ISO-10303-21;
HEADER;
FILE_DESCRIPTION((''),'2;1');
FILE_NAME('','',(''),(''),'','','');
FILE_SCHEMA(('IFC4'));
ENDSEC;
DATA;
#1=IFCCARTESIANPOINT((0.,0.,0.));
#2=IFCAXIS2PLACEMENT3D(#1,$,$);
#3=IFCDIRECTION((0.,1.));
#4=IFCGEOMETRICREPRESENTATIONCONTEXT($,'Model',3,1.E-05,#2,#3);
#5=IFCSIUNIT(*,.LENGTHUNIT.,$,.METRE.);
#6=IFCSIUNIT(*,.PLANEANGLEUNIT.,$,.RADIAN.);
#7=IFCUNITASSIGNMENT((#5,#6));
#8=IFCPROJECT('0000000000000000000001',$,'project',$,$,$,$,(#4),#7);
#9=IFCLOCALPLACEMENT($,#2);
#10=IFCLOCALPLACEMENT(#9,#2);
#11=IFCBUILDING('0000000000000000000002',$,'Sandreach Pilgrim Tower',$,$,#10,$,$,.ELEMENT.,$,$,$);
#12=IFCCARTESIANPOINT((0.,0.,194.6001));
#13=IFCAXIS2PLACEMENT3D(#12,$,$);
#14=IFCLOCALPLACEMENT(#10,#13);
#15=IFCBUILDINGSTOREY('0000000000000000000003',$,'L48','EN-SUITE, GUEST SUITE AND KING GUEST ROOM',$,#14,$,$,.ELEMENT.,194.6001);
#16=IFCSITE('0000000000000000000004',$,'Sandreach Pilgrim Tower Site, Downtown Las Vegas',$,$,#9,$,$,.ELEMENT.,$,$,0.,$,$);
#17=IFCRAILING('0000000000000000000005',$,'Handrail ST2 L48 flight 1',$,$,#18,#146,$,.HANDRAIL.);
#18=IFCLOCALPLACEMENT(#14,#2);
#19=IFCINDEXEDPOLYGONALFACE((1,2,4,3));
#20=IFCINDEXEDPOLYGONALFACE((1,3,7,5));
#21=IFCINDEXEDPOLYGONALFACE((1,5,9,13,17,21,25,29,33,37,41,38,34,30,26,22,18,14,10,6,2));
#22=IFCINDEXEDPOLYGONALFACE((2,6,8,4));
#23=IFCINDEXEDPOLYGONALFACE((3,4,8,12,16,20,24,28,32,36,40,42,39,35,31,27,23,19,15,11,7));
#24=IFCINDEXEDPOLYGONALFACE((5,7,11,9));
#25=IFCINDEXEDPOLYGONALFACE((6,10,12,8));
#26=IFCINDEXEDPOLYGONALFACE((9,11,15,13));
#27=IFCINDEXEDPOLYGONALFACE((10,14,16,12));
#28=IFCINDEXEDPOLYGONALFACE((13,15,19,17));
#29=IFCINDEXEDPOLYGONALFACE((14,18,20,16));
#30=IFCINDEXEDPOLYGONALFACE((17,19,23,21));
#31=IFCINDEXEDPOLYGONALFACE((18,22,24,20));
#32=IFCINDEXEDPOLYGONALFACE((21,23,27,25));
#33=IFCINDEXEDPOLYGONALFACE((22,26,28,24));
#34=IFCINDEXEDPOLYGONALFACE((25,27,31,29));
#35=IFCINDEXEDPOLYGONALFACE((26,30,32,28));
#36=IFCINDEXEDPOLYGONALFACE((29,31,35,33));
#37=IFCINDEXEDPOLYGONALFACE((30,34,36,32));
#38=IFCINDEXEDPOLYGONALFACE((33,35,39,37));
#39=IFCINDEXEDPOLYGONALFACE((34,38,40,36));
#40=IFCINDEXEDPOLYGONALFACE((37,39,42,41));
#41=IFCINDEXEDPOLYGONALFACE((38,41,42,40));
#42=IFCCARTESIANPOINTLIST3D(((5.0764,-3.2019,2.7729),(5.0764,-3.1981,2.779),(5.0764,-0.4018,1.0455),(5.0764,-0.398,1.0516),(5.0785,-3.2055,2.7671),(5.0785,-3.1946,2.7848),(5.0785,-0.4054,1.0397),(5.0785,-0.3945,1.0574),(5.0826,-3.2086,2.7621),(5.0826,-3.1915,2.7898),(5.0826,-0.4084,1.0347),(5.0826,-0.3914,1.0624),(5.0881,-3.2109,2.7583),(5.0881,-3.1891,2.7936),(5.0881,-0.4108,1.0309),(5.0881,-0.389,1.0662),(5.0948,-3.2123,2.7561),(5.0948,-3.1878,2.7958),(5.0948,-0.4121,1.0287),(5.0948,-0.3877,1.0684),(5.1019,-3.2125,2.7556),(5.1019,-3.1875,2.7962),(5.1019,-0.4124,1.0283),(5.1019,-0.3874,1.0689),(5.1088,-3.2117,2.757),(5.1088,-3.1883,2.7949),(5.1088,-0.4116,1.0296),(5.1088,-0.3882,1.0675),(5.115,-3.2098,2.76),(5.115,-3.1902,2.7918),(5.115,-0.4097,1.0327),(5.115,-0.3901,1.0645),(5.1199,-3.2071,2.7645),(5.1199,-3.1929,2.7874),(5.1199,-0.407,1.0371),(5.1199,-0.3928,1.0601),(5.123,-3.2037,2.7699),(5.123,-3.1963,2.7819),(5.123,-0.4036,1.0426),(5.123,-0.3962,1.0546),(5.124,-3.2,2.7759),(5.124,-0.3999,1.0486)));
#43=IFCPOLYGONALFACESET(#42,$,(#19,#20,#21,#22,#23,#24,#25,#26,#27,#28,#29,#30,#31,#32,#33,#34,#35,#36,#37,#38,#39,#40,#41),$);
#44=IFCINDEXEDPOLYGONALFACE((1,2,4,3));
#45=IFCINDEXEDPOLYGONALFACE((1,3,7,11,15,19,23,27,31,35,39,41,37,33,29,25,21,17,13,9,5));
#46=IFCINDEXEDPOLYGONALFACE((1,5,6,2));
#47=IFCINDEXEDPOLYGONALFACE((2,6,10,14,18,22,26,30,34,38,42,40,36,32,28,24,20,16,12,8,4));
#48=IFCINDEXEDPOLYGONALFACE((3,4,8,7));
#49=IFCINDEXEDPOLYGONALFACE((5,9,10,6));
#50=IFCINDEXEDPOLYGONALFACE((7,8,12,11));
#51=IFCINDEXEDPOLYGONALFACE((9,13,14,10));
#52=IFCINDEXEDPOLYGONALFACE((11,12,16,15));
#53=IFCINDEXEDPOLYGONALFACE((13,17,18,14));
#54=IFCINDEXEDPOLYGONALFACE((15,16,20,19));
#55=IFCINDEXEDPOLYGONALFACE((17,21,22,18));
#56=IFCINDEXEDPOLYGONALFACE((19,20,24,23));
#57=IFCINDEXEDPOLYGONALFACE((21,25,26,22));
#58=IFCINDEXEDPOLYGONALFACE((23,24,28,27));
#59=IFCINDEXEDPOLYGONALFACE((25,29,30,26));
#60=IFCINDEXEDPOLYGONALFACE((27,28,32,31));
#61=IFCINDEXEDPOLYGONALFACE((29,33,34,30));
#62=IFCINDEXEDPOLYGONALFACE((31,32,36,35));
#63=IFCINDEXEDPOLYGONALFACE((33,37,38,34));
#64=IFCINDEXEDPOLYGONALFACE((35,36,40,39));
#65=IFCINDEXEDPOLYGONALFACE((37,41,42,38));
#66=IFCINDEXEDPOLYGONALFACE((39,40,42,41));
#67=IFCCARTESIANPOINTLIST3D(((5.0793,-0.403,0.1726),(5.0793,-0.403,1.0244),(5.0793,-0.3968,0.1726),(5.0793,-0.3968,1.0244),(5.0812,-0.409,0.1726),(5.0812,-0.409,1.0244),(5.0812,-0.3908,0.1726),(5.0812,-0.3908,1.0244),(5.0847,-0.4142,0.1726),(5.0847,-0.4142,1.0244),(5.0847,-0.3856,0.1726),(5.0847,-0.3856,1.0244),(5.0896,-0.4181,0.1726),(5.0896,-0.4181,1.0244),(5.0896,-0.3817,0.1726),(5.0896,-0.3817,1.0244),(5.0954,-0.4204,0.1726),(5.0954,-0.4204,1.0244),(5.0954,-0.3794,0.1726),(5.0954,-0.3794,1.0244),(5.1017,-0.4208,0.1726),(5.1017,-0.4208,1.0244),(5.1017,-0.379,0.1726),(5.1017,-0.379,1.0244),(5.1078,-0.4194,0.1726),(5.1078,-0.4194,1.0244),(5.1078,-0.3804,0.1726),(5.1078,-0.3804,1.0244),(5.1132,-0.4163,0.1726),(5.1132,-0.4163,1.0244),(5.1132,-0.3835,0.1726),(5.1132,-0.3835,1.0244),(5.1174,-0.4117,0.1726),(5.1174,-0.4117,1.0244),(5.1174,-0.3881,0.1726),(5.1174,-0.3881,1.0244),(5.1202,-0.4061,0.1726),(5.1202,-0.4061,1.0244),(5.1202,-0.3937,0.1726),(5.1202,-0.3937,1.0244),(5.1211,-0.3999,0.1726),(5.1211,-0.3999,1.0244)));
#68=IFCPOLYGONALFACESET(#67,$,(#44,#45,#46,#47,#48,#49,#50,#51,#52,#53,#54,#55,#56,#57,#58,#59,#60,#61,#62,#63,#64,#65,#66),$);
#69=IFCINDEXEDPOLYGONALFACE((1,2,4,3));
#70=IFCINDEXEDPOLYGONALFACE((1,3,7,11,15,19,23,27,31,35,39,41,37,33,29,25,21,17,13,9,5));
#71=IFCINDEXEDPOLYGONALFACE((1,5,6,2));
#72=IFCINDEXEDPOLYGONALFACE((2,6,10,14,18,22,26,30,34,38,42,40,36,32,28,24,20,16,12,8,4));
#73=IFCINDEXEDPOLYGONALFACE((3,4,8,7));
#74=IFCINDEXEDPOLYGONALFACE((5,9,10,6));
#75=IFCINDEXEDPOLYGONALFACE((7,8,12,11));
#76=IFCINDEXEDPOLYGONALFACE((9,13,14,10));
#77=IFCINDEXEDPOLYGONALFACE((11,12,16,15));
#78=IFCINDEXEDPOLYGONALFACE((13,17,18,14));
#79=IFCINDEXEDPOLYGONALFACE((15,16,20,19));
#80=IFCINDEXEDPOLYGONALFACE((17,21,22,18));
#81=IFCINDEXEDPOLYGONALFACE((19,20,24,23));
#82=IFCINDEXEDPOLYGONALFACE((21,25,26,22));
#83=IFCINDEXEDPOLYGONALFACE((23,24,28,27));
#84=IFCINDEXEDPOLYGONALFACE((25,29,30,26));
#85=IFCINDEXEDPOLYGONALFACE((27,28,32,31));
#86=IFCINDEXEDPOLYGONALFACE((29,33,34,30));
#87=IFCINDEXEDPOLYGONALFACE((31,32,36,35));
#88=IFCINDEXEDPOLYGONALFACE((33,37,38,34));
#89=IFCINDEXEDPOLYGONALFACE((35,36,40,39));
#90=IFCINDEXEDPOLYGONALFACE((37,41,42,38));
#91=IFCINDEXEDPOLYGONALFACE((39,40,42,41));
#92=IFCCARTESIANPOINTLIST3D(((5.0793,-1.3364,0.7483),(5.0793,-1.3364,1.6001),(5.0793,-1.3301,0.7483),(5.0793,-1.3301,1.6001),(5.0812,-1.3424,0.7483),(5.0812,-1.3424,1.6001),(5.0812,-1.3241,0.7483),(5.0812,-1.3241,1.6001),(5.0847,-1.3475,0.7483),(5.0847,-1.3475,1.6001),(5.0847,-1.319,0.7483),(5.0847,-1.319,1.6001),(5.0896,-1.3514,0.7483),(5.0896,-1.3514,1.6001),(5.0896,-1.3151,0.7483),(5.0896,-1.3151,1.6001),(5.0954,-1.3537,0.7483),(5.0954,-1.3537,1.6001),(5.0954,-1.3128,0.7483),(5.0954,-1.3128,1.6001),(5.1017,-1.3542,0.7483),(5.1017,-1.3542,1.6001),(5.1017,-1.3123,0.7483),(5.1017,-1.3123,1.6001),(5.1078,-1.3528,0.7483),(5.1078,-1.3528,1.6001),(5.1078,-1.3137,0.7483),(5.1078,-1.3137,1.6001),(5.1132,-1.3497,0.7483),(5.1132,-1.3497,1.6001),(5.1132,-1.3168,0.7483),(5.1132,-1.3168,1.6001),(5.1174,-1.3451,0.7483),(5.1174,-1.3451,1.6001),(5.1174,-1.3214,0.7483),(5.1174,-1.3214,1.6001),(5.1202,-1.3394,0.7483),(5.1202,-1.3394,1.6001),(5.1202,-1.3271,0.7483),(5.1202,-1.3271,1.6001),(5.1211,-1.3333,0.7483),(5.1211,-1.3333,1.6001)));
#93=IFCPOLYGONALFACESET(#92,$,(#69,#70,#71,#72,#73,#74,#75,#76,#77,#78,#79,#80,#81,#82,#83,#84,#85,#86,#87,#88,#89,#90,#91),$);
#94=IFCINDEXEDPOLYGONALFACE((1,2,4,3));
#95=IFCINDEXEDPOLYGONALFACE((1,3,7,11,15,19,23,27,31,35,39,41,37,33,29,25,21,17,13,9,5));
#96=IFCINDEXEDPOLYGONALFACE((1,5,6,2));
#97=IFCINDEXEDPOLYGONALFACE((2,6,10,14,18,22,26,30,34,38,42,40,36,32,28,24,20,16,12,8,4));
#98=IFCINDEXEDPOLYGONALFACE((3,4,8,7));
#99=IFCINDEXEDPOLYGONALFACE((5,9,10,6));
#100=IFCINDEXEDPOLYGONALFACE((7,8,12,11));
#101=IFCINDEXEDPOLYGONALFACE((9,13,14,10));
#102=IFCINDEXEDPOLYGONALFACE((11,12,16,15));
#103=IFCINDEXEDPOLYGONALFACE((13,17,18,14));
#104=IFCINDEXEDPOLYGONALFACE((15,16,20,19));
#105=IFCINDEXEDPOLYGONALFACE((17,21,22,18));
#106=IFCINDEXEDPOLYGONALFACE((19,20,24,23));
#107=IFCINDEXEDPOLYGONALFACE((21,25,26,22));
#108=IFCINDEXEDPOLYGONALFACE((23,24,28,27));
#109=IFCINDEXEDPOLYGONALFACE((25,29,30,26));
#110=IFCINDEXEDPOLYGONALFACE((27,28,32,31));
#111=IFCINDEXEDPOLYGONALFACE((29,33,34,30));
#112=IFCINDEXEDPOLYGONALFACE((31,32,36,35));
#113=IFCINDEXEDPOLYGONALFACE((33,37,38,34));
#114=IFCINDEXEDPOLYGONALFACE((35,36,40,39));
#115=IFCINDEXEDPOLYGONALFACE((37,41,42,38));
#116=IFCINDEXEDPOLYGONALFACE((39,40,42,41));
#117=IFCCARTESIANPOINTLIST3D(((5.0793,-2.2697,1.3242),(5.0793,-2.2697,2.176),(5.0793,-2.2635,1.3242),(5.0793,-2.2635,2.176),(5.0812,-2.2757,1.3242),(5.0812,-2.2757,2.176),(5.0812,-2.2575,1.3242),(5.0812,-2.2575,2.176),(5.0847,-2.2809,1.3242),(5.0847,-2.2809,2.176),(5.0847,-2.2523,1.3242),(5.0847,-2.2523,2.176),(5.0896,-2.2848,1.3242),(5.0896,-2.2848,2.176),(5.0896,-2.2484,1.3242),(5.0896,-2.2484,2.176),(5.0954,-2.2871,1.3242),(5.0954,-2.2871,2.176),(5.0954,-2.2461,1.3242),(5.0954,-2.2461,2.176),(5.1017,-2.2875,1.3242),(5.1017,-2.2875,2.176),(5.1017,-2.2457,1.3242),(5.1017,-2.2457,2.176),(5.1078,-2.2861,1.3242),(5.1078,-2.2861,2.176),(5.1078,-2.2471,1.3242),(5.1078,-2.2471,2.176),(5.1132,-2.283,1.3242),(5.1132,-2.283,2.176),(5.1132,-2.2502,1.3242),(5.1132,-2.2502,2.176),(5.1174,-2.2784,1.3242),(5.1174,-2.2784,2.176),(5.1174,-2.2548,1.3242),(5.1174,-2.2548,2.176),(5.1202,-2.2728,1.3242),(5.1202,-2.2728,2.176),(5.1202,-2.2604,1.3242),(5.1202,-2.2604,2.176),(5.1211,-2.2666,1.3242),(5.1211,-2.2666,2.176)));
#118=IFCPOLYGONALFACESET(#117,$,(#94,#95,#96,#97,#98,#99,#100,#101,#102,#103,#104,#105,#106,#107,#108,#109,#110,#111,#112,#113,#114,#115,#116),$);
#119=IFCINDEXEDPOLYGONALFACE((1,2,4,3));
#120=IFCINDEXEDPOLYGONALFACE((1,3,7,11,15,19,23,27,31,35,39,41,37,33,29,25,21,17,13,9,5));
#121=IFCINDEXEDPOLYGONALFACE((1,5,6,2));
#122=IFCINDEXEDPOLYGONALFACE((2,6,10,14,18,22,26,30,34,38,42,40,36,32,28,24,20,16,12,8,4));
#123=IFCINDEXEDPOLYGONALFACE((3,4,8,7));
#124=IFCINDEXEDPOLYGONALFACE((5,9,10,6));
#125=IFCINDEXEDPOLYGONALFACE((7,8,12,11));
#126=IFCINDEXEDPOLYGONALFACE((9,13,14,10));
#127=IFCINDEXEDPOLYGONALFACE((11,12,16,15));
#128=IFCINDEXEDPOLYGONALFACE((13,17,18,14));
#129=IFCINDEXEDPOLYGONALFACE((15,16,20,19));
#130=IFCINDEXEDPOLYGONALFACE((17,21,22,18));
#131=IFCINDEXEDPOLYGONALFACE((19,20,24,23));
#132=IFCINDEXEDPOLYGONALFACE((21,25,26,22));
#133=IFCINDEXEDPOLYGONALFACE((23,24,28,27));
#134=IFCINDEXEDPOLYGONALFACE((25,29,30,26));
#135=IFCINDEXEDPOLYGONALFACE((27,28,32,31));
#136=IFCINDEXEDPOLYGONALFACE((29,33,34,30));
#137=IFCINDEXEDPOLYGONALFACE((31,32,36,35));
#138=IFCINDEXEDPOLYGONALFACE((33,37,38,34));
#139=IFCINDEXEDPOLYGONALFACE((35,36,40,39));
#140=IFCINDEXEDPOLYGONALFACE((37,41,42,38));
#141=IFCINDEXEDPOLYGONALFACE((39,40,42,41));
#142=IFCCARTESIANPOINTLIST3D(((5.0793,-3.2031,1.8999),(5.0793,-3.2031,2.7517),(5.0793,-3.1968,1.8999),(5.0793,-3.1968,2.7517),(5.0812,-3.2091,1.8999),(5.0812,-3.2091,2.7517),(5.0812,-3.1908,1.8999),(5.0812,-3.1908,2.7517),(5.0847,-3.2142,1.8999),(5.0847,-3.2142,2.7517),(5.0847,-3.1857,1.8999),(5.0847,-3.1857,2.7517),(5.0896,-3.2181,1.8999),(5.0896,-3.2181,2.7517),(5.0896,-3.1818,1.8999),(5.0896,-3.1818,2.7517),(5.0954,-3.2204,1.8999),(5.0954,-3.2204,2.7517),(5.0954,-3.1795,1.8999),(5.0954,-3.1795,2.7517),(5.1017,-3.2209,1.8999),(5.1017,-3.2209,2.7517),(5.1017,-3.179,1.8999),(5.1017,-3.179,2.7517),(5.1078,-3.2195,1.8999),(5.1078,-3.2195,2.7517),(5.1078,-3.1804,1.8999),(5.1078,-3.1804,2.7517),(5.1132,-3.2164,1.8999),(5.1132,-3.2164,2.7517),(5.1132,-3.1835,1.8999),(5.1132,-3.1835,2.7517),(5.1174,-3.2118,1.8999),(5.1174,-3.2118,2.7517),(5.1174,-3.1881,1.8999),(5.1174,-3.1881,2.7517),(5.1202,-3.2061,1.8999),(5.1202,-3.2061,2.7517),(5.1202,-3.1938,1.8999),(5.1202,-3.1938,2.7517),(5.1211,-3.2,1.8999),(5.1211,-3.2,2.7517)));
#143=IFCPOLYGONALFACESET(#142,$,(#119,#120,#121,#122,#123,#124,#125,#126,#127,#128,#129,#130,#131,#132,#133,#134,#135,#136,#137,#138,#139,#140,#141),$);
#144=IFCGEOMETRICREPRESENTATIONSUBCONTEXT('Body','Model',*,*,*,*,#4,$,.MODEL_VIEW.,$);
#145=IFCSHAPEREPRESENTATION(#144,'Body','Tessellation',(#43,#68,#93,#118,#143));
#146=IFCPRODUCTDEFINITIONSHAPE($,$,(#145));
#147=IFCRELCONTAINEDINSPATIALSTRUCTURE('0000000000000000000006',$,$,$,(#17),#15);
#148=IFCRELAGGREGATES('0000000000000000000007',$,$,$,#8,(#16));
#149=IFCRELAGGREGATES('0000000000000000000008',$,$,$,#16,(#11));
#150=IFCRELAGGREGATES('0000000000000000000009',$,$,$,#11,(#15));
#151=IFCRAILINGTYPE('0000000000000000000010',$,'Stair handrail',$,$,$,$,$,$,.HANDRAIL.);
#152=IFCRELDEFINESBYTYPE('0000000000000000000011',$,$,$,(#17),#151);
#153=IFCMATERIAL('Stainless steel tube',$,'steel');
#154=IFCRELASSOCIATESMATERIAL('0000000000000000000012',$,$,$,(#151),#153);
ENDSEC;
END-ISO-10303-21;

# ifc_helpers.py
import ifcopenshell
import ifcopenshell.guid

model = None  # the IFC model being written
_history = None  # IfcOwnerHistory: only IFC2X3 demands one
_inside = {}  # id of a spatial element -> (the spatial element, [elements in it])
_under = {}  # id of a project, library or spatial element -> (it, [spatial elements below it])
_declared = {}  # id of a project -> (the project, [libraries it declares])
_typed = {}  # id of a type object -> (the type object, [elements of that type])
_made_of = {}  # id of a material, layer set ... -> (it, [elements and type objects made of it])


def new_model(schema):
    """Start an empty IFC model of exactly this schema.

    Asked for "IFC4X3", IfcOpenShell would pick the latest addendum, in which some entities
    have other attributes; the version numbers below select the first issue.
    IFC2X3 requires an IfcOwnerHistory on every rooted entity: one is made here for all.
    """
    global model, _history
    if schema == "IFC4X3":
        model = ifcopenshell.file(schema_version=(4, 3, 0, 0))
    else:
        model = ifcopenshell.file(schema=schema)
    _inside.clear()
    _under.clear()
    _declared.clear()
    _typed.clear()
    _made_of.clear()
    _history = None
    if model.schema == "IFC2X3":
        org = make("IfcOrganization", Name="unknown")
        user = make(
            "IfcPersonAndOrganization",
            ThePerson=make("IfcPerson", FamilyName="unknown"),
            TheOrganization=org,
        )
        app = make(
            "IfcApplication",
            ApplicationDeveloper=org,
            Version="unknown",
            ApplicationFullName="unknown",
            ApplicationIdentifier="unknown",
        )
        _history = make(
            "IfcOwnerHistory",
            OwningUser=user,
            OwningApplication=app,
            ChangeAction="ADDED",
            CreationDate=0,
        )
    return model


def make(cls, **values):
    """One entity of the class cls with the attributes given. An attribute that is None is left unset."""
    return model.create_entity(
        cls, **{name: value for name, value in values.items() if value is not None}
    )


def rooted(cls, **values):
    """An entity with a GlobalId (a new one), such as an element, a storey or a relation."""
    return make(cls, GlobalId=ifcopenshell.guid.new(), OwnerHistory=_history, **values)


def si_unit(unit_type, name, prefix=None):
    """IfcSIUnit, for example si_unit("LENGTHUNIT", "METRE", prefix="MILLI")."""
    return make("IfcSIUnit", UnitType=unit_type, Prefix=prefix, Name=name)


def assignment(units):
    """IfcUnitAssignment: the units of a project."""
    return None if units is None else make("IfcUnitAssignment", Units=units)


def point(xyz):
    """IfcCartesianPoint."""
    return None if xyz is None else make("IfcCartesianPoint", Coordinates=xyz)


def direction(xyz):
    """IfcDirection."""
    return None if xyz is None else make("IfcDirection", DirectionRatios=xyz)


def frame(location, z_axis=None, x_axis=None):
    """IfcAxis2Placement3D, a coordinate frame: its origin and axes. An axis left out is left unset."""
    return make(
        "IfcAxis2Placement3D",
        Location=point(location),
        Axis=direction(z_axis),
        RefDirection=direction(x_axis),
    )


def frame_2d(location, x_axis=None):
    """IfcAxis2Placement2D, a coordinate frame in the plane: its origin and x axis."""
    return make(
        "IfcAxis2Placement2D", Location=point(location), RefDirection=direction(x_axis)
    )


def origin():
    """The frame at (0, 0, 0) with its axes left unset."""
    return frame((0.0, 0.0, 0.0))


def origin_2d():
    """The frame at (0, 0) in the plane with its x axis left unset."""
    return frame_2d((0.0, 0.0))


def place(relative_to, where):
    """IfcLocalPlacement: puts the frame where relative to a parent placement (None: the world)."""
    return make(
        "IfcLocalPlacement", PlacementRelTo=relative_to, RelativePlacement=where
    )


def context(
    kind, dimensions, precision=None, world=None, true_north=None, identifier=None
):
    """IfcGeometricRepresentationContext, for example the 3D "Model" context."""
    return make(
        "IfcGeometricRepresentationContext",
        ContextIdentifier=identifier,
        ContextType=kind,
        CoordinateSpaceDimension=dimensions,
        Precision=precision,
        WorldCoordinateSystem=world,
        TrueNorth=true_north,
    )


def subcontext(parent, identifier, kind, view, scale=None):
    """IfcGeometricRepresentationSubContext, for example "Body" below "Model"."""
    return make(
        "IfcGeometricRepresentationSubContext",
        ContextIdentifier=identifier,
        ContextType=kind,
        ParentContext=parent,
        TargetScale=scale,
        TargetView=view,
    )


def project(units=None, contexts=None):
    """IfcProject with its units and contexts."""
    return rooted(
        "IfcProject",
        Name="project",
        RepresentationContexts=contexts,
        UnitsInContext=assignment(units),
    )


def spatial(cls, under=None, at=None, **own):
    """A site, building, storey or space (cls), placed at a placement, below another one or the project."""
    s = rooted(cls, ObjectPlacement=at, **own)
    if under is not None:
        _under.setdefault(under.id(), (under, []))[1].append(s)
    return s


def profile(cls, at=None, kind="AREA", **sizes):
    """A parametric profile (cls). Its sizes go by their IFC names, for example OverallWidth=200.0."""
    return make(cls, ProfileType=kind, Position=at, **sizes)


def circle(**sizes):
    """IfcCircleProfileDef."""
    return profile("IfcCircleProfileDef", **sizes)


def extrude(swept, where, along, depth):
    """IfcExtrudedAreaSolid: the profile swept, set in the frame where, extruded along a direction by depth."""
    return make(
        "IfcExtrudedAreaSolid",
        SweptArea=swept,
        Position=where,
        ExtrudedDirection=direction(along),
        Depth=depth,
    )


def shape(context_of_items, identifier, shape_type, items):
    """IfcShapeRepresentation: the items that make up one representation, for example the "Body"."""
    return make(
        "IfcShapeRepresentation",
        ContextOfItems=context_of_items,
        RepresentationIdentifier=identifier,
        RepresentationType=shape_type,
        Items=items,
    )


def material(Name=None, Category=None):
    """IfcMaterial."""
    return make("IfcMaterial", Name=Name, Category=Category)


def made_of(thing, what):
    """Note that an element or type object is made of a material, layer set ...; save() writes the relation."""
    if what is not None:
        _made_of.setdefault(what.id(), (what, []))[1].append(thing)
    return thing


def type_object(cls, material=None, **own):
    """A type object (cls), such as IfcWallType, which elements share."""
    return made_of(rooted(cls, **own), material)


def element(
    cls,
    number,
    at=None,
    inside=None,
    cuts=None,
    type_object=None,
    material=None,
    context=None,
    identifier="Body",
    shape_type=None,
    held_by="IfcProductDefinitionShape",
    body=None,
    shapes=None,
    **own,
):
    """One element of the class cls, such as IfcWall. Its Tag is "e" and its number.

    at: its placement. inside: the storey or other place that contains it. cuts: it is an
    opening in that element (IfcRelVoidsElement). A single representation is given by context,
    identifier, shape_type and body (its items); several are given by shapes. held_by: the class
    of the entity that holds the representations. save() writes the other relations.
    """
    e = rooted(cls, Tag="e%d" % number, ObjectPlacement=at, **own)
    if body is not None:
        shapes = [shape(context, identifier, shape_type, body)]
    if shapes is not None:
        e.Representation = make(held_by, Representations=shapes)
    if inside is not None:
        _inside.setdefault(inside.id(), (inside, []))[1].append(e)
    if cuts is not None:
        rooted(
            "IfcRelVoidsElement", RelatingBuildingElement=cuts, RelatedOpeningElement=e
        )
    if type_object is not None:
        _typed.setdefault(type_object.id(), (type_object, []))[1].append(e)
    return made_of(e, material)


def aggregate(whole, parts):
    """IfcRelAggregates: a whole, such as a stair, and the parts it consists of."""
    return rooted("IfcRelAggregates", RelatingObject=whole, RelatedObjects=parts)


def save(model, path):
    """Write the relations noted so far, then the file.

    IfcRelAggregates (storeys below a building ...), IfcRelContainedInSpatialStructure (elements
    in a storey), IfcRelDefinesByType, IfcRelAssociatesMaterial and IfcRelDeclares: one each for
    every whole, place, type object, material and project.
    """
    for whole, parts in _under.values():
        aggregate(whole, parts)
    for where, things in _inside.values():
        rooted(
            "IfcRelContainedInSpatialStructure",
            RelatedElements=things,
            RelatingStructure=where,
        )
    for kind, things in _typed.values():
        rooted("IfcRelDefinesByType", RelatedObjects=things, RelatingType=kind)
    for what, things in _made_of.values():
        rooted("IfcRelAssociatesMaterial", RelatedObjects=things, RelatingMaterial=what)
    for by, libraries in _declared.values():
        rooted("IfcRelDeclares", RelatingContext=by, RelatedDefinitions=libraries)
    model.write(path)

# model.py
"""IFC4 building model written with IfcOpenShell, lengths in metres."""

from ifc_helpers import new_model, si_unit, direction, frame, origin, origin_2d, place, context, subcontext, project, spatial, circle, extrude, material, type_object, element, save


model = new_model("IFC4")

# Units and contexts
model_context = context("Model", 3, precision=1e-05, world=origin(), true_north=direction((0.0, 1.0)))
body_context = subcontext(model_context, "Body", "Model", "MODEL_VIEW")
ifc_project = project(units=[si_unit("LENGTHUNIT", "METRE"), si_unit("PLANEANGLEUNIT", "RADIAN")], contexts=[model_context])

# Site, building, storey
site_placement = place(None, origin())
site = spatial("IfcSite", under=ifc_project, at=site_placement, Name="Sandreach Pilgrim Tower Site, Downtown Las Vegas", CompositionType="ELEMENT", RefElevation=0.0)
building_placement = place(site_placement, origin())
building = spatial("IfcBuilding", under=site, at=building_placement, Name="Sandreach Pilgrim Tower", CompositionType="ELEMENT")
storey_placement = place(building_placement, frame((0.0, 0.0, 194.6001)))
storey = spatial("IfcBuildingStorey", under=building, at=storey_placement, Name="L48", Description="EN-SUITE, GUEST SUITE AND KING GUEST ROOM", CompositionType="ELEMENT", Elevation=194.6001)

# Railing
ifc_material_1 = material(Name="Stainless steel tube", Category="steel")
railing_type = type_object("IfcRailingType", Name="Stair handrail", PredefinedType="HANDRAIL", material=ifc_material_1)
for number, where, name in (
    (1, (5.1001, -0.3999, 0.1726), "Handrail ST2 L48 flight 1"),
):
    element("IfcRailing", number, at=place(storey_placement, frame(where)), inside=storey, type_object=railing_type, Name=name, PredefinedType="HANDRAIL", context=body_context, shape_type="SweptSolid", body=[
        extrude(circle(Radius=0.0239, at=origin_2d()), frame((0.0, 0.0, 0.876), z_axis=(0.0, -0.85109, 0.52502), x_axis=(1.0, 0.0, 0.0)), (0.0, 0.0, 1.0), 3.29),
        extrude(circle(Radius=0.021, at=origin_2d()), origin(), (0.0, 0.0, 1.0), 0.8518),
        extrude(circle(Radius=0.021, at=origin_2d()), frame((0.0, -0.9333, 0.5757)), (0.0, 0.0, 1.0), 0.8518),
        extrude(circle(Radius=0.021, at=origin_2d()), frame((0.0, -1.8667, 1.1516)), (0.0, 0.0, 1.0), 0.8518),
        extrude(circle(Radius=0.021, at=origin_2d()), frame((0.0, -2.8, 1.7273)), (0.0, 0.0, 1.0), 0.8518),
    ])

save(model, "model.ifc")
